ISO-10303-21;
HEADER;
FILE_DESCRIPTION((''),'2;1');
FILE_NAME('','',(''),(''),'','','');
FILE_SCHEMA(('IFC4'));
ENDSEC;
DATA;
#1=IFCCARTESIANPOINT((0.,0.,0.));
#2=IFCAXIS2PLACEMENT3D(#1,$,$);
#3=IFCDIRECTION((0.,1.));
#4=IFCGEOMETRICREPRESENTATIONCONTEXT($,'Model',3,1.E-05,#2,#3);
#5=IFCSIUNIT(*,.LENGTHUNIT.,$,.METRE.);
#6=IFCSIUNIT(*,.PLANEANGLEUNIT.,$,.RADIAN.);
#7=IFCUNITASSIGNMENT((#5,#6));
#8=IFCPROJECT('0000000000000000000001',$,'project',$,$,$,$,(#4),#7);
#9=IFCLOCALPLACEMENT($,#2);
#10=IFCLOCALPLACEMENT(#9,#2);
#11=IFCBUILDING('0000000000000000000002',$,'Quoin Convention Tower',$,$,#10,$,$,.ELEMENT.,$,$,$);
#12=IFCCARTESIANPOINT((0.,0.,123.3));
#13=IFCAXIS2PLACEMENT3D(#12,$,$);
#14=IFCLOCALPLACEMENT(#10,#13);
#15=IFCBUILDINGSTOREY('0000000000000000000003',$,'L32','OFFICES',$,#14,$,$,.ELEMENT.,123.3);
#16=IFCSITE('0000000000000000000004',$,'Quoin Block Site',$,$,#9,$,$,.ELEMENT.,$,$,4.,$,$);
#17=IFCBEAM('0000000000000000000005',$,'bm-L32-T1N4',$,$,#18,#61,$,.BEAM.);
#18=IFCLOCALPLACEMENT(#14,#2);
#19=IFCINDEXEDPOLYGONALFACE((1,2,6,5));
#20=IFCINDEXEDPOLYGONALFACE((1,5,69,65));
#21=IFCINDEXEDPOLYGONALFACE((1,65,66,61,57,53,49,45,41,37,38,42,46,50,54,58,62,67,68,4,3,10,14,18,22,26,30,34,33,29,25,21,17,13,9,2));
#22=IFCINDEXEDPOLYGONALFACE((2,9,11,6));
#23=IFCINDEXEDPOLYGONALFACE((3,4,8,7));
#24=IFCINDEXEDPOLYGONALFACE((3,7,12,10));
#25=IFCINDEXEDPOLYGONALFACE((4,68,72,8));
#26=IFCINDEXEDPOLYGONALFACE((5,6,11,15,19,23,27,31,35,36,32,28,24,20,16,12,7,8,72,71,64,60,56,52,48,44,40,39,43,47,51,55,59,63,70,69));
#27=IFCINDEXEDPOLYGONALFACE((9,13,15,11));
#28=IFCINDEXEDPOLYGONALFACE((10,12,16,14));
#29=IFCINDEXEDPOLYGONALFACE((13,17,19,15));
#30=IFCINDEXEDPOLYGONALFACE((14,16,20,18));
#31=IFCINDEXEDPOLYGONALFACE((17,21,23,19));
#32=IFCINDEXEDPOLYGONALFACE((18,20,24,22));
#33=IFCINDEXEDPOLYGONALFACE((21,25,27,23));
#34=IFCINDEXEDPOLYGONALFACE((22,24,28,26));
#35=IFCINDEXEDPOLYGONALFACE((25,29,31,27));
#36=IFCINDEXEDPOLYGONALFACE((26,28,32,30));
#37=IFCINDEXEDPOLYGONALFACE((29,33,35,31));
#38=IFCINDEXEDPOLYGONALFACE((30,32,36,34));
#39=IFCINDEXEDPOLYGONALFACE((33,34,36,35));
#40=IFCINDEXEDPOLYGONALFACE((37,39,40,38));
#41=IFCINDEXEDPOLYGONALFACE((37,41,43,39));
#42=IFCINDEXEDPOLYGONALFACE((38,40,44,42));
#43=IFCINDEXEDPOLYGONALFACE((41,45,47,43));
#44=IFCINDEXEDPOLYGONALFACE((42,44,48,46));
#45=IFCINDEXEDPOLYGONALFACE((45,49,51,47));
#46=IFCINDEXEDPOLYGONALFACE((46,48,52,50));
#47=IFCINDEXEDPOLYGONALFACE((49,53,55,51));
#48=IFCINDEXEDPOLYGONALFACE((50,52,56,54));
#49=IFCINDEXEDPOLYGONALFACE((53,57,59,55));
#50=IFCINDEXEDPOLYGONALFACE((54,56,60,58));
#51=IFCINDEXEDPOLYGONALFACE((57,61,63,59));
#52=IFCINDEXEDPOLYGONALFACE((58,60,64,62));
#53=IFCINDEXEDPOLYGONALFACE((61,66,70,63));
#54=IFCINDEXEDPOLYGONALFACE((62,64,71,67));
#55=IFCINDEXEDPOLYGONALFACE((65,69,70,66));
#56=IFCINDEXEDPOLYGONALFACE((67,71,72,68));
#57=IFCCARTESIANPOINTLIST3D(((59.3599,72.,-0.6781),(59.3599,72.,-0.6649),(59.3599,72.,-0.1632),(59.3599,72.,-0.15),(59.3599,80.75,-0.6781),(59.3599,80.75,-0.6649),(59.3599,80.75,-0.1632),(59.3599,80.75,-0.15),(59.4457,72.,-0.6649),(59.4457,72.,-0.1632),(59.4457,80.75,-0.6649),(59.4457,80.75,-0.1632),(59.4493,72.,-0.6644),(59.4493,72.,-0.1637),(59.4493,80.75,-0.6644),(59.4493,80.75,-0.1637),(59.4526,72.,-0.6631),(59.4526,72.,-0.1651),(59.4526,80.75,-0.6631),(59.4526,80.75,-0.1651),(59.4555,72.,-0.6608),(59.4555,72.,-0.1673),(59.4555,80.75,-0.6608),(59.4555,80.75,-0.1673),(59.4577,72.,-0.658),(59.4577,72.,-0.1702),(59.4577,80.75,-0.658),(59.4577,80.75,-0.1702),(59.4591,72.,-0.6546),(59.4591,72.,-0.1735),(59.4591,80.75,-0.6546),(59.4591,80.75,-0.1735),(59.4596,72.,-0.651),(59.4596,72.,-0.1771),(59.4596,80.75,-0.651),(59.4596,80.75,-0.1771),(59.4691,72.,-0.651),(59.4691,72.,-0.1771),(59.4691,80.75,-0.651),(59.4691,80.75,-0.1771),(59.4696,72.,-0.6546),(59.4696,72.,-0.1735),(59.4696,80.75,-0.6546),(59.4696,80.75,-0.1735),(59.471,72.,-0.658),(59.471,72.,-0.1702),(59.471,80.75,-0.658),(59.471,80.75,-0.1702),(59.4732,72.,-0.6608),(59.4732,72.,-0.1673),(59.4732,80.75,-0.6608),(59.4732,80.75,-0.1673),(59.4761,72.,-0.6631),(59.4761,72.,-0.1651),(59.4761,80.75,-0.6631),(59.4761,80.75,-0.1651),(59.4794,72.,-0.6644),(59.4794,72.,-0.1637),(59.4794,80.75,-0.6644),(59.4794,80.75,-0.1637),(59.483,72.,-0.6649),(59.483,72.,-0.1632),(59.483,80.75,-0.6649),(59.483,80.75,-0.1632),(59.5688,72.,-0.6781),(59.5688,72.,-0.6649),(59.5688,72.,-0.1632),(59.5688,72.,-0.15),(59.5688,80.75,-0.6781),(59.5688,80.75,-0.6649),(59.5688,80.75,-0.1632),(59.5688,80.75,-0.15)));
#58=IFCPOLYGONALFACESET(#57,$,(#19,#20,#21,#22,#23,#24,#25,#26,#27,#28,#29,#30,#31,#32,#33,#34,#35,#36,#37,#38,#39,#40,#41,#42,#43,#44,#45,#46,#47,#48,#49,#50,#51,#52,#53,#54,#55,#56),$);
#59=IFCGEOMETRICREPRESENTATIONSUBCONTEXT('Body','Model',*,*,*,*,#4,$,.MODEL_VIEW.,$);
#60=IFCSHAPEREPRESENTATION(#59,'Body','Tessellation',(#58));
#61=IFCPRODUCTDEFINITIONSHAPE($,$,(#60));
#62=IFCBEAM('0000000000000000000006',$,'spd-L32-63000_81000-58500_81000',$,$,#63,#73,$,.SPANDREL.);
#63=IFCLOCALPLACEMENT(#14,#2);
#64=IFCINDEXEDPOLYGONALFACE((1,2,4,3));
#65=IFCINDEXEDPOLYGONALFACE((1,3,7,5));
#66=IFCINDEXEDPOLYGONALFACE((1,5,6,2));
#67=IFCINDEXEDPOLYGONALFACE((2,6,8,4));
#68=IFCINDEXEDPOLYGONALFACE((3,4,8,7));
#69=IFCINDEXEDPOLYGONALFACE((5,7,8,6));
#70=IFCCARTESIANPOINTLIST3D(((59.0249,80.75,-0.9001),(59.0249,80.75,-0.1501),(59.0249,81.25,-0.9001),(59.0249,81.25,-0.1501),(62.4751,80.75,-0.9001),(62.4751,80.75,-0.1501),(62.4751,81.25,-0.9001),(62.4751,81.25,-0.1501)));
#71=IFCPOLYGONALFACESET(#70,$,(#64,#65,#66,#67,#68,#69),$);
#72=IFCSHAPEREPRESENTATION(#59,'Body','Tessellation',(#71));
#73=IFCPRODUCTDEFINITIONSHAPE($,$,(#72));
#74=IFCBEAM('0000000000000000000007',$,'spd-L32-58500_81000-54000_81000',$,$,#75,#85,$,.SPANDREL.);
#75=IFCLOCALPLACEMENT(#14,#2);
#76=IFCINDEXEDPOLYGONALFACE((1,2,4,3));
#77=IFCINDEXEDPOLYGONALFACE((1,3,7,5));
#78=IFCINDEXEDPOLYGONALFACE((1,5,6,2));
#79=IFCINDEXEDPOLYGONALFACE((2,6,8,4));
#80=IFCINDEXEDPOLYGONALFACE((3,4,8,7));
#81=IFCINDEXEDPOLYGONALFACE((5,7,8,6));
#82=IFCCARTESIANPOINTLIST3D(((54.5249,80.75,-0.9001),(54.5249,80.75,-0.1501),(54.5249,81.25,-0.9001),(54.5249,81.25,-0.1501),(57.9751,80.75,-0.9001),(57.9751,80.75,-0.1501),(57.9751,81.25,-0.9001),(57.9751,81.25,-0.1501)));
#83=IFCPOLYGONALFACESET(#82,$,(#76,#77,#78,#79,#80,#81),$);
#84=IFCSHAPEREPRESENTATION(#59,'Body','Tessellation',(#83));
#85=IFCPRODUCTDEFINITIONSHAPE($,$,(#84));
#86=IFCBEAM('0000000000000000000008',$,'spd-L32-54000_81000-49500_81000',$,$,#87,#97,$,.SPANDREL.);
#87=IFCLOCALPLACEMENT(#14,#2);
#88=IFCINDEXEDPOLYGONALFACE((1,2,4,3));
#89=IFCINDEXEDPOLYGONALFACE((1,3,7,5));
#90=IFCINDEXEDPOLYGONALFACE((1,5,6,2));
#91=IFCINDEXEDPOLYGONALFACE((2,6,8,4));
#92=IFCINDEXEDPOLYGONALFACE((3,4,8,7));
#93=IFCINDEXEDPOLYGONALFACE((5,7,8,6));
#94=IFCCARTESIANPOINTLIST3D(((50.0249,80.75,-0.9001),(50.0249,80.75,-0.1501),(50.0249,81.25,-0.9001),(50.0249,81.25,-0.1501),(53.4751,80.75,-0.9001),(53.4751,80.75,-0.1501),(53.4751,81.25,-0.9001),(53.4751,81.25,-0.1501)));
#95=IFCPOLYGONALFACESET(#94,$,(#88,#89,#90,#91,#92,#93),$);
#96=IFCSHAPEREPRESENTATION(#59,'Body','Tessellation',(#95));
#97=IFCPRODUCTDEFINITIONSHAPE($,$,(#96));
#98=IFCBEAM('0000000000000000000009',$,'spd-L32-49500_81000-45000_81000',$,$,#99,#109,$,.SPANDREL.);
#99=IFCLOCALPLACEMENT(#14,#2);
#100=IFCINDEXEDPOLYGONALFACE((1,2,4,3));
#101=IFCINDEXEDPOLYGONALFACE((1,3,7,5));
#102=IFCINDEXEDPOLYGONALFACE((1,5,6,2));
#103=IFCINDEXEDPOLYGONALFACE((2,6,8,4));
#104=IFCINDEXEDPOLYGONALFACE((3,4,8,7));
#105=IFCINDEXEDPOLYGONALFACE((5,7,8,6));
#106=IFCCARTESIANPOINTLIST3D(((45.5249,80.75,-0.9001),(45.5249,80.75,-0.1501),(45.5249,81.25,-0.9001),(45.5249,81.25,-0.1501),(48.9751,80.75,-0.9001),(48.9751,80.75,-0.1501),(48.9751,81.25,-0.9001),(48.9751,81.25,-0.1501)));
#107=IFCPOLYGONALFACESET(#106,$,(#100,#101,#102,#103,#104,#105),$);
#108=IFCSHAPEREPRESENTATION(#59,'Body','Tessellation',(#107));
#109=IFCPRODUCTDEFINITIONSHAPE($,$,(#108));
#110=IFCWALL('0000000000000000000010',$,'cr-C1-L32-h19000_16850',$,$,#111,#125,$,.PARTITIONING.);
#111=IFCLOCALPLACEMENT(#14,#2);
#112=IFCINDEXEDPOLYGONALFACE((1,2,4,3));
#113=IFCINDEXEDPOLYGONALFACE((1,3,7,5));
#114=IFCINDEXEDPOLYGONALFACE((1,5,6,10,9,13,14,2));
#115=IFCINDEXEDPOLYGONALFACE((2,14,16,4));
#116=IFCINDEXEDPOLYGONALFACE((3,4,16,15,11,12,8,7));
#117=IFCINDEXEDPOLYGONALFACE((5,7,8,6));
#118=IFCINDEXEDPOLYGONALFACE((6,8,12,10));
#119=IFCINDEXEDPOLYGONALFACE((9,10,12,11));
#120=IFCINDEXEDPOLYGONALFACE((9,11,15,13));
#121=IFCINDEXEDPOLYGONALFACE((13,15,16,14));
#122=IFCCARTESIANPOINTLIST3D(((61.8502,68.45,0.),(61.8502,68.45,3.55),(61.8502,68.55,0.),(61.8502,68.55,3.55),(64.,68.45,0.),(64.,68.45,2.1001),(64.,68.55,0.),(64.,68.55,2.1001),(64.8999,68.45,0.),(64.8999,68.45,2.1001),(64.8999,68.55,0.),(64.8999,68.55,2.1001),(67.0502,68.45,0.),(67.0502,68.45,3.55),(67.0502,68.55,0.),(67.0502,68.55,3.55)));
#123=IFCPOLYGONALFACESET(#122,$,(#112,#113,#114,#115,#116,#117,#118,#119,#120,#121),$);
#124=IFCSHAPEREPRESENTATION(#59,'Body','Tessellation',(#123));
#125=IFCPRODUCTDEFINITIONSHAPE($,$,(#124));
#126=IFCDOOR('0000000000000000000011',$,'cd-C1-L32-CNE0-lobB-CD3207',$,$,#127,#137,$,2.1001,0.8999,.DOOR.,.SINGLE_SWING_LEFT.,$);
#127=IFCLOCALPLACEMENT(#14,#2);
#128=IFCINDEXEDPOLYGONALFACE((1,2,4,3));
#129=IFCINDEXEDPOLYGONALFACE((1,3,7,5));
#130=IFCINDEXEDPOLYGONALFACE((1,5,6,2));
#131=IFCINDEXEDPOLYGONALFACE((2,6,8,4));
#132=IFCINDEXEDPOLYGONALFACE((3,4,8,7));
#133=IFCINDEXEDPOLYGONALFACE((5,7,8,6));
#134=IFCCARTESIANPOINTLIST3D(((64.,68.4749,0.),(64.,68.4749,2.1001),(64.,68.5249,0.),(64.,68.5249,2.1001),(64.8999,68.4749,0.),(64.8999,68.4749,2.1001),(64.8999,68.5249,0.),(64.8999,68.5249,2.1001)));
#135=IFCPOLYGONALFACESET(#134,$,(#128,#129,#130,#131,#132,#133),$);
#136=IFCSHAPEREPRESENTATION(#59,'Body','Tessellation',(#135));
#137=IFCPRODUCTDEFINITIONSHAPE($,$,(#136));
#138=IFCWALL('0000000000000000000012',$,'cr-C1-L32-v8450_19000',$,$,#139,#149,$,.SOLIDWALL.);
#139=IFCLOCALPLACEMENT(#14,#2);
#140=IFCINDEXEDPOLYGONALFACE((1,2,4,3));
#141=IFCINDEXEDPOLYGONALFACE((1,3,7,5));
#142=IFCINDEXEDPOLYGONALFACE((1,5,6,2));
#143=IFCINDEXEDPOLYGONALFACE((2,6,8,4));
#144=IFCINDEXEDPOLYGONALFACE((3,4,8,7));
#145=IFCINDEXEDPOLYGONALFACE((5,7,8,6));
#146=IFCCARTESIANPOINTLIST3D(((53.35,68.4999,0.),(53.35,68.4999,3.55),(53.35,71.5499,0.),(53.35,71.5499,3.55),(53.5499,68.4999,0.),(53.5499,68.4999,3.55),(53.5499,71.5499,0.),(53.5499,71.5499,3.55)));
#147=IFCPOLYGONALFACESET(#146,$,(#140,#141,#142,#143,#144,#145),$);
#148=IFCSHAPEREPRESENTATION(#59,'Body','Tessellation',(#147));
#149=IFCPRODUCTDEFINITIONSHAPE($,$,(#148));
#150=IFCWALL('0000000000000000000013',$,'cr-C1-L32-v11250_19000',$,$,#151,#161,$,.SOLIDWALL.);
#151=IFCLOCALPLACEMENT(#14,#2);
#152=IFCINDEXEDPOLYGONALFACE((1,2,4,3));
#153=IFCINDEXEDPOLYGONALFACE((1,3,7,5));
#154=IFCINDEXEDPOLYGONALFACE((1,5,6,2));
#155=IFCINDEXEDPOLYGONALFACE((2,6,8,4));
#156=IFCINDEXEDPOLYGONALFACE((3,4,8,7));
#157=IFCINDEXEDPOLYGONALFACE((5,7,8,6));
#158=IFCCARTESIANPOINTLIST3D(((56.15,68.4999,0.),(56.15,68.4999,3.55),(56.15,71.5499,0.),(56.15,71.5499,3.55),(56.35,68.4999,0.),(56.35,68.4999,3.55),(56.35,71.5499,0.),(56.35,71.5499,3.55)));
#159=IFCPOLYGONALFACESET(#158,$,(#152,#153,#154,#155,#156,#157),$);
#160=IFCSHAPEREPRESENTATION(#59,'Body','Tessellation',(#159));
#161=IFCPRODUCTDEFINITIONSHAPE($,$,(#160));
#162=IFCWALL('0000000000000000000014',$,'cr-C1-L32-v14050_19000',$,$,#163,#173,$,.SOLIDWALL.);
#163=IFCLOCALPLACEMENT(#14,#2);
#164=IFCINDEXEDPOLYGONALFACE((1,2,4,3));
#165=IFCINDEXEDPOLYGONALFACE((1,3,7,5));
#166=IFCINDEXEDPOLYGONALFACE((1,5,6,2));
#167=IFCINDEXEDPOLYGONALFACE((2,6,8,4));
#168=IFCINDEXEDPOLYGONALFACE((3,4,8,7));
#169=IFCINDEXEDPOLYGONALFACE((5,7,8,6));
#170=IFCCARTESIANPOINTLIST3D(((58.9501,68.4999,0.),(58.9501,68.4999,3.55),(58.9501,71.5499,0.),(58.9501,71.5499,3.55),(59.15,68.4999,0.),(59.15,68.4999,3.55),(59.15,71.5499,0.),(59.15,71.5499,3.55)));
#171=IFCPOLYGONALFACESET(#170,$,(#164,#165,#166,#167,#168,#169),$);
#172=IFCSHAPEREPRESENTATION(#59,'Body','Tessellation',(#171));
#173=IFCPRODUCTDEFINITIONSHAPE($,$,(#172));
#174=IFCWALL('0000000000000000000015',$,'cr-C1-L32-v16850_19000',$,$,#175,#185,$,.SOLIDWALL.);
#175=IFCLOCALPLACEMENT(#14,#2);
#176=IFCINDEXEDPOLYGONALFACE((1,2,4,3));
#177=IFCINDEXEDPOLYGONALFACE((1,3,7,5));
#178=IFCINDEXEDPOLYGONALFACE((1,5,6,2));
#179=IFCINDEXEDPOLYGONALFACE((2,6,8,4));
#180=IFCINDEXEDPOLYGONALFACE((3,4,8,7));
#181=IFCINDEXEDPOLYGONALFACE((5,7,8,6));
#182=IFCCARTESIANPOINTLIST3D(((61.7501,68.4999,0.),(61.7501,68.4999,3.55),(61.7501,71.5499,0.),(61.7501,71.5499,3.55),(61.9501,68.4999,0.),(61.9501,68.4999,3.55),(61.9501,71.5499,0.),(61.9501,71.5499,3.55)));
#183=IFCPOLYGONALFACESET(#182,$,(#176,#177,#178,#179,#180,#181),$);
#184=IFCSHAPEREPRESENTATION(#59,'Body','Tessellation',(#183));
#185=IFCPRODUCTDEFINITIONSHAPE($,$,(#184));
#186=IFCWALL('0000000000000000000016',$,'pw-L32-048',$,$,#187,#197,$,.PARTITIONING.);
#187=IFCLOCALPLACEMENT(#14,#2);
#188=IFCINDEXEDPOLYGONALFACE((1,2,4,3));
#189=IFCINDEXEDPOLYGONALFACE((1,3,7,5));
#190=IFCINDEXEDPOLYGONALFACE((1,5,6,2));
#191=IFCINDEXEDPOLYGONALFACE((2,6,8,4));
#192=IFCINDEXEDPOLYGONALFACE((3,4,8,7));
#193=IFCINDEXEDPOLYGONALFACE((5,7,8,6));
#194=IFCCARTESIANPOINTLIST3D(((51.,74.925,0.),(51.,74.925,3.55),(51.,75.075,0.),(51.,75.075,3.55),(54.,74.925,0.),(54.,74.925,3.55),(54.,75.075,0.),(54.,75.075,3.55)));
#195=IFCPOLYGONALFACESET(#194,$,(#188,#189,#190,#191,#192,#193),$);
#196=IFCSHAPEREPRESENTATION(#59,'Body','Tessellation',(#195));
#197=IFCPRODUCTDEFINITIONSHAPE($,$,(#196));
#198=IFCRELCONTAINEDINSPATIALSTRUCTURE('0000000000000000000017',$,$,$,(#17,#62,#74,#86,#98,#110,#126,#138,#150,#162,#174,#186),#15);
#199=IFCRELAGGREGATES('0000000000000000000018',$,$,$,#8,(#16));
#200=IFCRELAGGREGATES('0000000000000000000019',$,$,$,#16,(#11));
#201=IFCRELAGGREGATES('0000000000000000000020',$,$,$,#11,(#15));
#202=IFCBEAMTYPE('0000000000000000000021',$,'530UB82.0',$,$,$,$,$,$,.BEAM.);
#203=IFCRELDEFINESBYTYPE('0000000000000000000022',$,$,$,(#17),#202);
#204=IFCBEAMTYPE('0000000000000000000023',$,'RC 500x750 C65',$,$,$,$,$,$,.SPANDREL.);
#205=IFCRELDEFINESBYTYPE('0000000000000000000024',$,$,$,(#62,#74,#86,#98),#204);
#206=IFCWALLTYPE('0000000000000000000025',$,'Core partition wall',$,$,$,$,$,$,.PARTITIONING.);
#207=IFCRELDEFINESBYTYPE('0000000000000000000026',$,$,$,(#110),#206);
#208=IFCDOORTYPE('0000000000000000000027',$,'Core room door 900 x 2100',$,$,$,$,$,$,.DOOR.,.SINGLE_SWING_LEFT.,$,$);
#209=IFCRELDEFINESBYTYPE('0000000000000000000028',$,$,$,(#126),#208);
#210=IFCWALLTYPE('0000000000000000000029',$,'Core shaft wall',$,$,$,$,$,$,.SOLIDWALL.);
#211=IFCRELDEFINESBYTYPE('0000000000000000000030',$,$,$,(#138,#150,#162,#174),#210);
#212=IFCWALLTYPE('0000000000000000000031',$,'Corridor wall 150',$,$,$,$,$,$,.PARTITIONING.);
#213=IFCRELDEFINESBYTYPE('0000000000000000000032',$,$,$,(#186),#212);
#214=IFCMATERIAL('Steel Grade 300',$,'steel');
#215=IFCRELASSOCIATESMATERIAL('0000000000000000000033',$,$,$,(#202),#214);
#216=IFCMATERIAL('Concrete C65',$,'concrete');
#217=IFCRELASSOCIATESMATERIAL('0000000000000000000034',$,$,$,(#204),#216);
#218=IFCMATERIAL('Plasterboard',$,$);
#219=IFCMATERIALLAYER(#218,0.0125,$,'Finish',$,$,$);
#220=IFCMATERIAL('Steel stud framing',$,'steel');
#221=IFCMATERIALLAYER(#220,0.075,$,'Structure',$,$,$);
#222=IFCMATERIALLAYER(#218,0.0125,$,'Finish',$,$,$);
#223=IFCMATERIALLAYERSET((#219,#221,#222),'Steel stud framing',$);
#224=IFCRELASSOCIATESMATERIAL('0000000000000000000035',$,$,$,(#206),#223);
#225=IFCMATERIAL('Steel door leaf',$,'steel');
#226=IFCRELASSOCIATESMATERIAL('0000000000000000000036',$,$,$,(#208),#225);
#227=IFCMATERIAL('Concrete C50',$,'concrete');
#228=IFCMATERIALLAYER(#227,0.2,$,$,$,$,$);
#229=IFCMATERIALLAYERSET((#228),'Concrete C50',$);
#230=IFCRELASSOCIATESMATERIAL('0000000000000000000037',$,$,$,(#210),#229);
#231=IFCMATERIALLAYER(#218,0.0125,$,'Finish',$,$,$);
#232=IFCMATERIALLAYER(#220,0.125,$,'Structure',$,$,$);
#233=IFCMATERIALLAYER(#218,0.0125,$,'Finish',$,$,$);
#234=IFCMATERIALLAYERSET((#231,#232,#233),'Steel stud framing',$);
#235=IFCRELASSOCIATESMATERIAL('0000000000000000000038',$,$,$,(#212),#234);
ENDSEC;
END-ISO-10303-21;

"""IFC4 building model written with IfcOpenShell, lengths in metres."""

from ifc_helpers import new_model, si_unit, direction, frame, frame_2d, origin, origin_2d, place, context, subcontext, project, spatial, rectangle, i_section, extrude, material, layer, layer_set, material_profile, profile_set, type_object, element, fill, save


model = new_model("IFC4")

# Units and contexts
model_context = context("Model", 3, precision=1e-05, world=origin(), true_north=direction((0.0, 1.0)))
body_context = subcontext(model_context, "Body", "Model", "MODEL_VIEW")
ifc_project = project(units=[si_unit("LENGTHUNIT", "METRE"), si_unit("PLANEANGLEUNIT", "RADIAN")], contexts=[model_context])

# Site, building, storey
site_placement = place(None, origin())
site = spatial("IfcSite", under=ifc_project, at=site_placement, Name="Quoin Block Site", CompositionType="ELEMENT", RefElevation=4.0)
building_placement = place(site_placement, origin())
building = spatial("IfcBuilding", under=site, at=building_placement, Name="Quoin Convention Tower", CompositionType="ELEMENT")
storey_placement = place(building_placement, frame((0.0, 0.0, 123.3)))
storey = spatial("IfcBuildingStorey", under=building, at=storey_placement, Name="L32", Description="OFFICES", CompositionType="ELEMENT", Elevation=123.3)

# Shared definitions
ifc_material_1 = material(Name="Concrete C65", Category="concrete")

# Beams
ifc_material_2 = material(Name="Steel Grade 300", Category="steel")
ifc_material_profile_1 = material_profile(ifc_material_2, i_section(OverallWidth=0.209, OverallDepth=0.5281, WebThickness=0.0095, FlangeThickness=0.0132, FilletRadius=0.0139, at=origin_2d()), Name="530UB82.0")
ifc_profile_set_1 = profile_set([ifc_material_profile_1], Name="Steel Grade 300")
beam_type_1 = type_object("IfcBeamType", Name="530UB82.0", PredefinedType="BEAM", material=ifc_profile_set_1)
for number, where, z_axis, x_axis, name in (
    (1, (59.4644, 72.0, -0.4141), (0.0, 1.0, 0.0), (-1.0, 0.0, 0.0), "bm-L32-T1N4"),
):
    element("IfcBeam", number, at=place(storey_placement, frame(where, z_axis=z_axis, x_axis=x_axis)), inside=storey, type_object=beam_type_1, Name=name, PredefinedType="BEAM", context=body_context, shape_type="SweptSolid", body=[
        extrude(i_section(OverallWidth=0.209, OverallDepth=0.5281, WebThickness=0.0095, FlangeThickness=0.0132, FilletRadius=0.0139, at=origin_2d()), origin(), (0.0, 0.0, 1.0), 8.75),
    ])
ifc_material_profile_2 = material_profile(ifc_material_1, rectangle(XDim=0.5, YDim=0.75, at=origin_2d()), Name="RC 500x750")
ifc_profile_set_2 = profile_set([ifc_material_profile_2], Name="Concrete C65")
beam_type_2 = type_object("IfcBeamType", Name="RC 500x750 C65", PredefinedType="SPANDREL", material=ifc_profile_set_2)
for number, where, z_axis, x_axis, name in (
    (2, (62.4751, 81.0, -0.5251), (-1.0, 0.0, 0.0), (0.0, -1.0, 0.0), "spd-L32-63000_81000-58500_81000"),
    (3, (57.9751, 81.0, -0.5251), (-1.0, 0.0, 0.0), (0.0, -1.0, 0.0), "spd-L32-58500_81000-54000_81000"),
    (4, (53.4751, 81.0, -0.5251), (-1.0, 0.0, 0.0), (0.0, -1.0, 0.0), "spd-L32-54000_81000-49500_81000"),
    (5, (48.9751, 81.0, -0.5251), (-1.0, 0.0, 0.0), (0.0, -1.0, 0.0), "spd-L32-49500_81000-45000_81000"),
):
    element("IfcBeam", number, at=place(storey_placement, frame(where, z_axis=z_axis, x_axis=x_axis)), inside=storey, type_object=beam_type_2, Name=name, PredefinedType="SPANDREL", context=body_context, shape_type="SweptSolid", body=[
        extrude(rectangle(XDim=0.5, YDim=0.75, at=origin_2d()), origin(), (0.0, 0.0, 1.0), 3.4502),
    ])

# Wall, opening, door
ifc_material_3 = material(Name="Plasterboard")
ifc_layer_1 = layer(ifc_material_3, 0.0125, Name="Finish")
ifc_material_4 = material(Name="Steel stud framing", Category="steel")
ifc_layer_2 = layer(ifc_material_4, 0.075, Name="Structure")
ifc_layer_3 = layer(ifc_material_3, 0.0125, Name="Finish")
ifc_layer_set_1 = layer_set([ifc_layer_1, ifc_layer_2, ifc_layer_3], Name="Steel stud framing")
wall_type_1 = type_object("IfcWallType", Name="Core partition wall", PredefinedType="PARTITIONING", material=ifc_layer_set_1)
wall_1_placement = place(storey_placement, frame((61.8501, 68.5, 0.0), z_axis=(0.0, 0.0, 1.0), x_axis=(1.0, 0.0, 0.0)))
wall_1 = element("IfcWall", 6, at=wall_1_placement, inside=storey, type_object=wall_type_1, Name="cr-C1-L32-h19000_16850", PredefinedType="PARTITIONING", context=body_context, shape_type="SweptSolid", body=[
    extrude(rectangle(XDim=5.2, YDim=0.1001, at=frame_2d((2.6001, 0.0))), origin(), (0.0, 0.0, 1.0), 3.55),
])
opening_1_placement = place(wall_1_placement, frame((2.1499, 0.0, 0.0)))
opening_1 = element("IfcOpeningElement", 7, at=opening_1_placement, cuts=wall_1, PredefinedType="OPENING", context=body_context, shape_type="SweptSolid", body=[
    extrude(rectangle(XDim=0.8999, YDim=2.1001, at=frame_2d((0.45, 1.05))), frame((0.0, 0.0601, 0.0), z_axis=(0.0, -1.0, 0.0), x_axis=(1.0, 0.0, 0.0)), (0.0, 0.0, 1.0), 0.1201),
])
ifc_material_5 = material(Name="Steel door leaf", Category="steel")
door_type_1 = type_object("IfcDoorType", Name="Core room door 900 x 2100", OperationType="SINGLE_SWING_LEFT", PredefinedType="DOOR", material=ifc_material_5)
door_1_placement = place(opening_1_placement, origin())
door_1 = element("IfcDoor", 8, at=door_1_placement, inside=storey, type_object=door_type_1, Name="cd-C1-L32-CNE0-lobB-CD3207", OperationType="SINGLE_SWING_LEFT", OverallHeight=2.1001, OverallWidth=0.8999, PredefinedType="DOOR", context=body_context, shape_type="SweptSolid", body=[
    extrude(rectangle(XDim=0.8999, YDim=2.1001, at=frame_2d((0.45, 1.05))), frame((0.0, 0.0249, 0.0), z_axis=(0.0, -1.0, 0.0), x_axis=(1.0, 0.0, 0.0)), (0.0, 0.0, 1.0), 0.05),
])
fill(opening_1, door_1)

# Walls
ifc_material_6 = material(Name="Concrete C50", Category="concrete")
ifc_layer_4 = layer(ifc_material_6, 0.2)
ifc_layer_set_2 = layer_set([ifc_layer_4], Name="Concrete C50")
wall_type_2 = type_object("IfcWallType", Name="Core shaft wall", PredefinedType="SOLIDWALL", material=ifc_layer_set_2)
for number, where, z_axis, x_axis, name in (
    (9, (53.45, 68.5, 0.0), (0.0, 0.0, 1.0), (0.0, 1.0, 0.0), "cr-C1-L32-v8450_19000"),
    (10, (56.25, 68.5, 0.0), (0.0, 0.0, 1.0), (0.0, 1.0, 0.0), "cr-C1-L32-v11250_19000"),
    (11, (59.05, 68.5, 0.0), (0.0, 0.0, 1.0), (0.0, 1.0, 0.0), "cr-C1-L32-v14050_19000"),
    (12, (61.8501, 68.5, 0.0), (0.0, 0.0, 1.0), (0.0, 1.0, 0.0), "cr-C1-L32-v16850_19000"),
):
    element("IfcWall", number, at=place(storey_placement, frame(where, z_axis=z_axis, x_axis=x_axis)), inside=storey, type_object=wall_type_2, Name=name, PredefinedType="SOLIDWALL", context=body_context, shape_type="SweptSolid", body=[
        extrude(rectangle(XDim=3.05, YDim=0.2, at=frame_2d((1.5249, 0.0))), origin(), (0.0, 0.0, 1.0), 3.55),
    ])
ifc_layer_5 = layer(ifc_material_3, 0.0125, Name="Finish")
ifc_layer_6 = layer(ifc_material_4, 0.125, Name="Structure")
ifc_layer_7 = layer(ifc_material_3, 0.0125, Name="Finish")
ifc_layer_set_3 = layer_set([ifc_layer_5, ifc_layer_6, ifc_layer_7], Name="Steel stud framing")
wall_type_3 = type_object("IfcWallType", Name="Corridor wall 150", PredefinedType="PARTITIONING", material=ifc_layer_set_3)
wall_2_placement = place(storey_placement, frame((51.0, 75.0, 0.0), z_axis=(0.0, 0.0, 1.0), x_axis=(1.0, 0.0, 0.0)))
element("IfcWall", 13, at=wall_2_placement, inside=storey, type_object=wall_type_3, Name="pw-L32-048", PredefinedType="PARTITIONING", context=body_context, shape_type="SweptSolid", body=[
    extrude(rectangle(XDim=3.0, YDim=0.1499, at=frame_2d((1.5, 0.0))), origin(), (0.0, 0.0, 1.0), 3.55),
])

save(model, "model.ifc")
